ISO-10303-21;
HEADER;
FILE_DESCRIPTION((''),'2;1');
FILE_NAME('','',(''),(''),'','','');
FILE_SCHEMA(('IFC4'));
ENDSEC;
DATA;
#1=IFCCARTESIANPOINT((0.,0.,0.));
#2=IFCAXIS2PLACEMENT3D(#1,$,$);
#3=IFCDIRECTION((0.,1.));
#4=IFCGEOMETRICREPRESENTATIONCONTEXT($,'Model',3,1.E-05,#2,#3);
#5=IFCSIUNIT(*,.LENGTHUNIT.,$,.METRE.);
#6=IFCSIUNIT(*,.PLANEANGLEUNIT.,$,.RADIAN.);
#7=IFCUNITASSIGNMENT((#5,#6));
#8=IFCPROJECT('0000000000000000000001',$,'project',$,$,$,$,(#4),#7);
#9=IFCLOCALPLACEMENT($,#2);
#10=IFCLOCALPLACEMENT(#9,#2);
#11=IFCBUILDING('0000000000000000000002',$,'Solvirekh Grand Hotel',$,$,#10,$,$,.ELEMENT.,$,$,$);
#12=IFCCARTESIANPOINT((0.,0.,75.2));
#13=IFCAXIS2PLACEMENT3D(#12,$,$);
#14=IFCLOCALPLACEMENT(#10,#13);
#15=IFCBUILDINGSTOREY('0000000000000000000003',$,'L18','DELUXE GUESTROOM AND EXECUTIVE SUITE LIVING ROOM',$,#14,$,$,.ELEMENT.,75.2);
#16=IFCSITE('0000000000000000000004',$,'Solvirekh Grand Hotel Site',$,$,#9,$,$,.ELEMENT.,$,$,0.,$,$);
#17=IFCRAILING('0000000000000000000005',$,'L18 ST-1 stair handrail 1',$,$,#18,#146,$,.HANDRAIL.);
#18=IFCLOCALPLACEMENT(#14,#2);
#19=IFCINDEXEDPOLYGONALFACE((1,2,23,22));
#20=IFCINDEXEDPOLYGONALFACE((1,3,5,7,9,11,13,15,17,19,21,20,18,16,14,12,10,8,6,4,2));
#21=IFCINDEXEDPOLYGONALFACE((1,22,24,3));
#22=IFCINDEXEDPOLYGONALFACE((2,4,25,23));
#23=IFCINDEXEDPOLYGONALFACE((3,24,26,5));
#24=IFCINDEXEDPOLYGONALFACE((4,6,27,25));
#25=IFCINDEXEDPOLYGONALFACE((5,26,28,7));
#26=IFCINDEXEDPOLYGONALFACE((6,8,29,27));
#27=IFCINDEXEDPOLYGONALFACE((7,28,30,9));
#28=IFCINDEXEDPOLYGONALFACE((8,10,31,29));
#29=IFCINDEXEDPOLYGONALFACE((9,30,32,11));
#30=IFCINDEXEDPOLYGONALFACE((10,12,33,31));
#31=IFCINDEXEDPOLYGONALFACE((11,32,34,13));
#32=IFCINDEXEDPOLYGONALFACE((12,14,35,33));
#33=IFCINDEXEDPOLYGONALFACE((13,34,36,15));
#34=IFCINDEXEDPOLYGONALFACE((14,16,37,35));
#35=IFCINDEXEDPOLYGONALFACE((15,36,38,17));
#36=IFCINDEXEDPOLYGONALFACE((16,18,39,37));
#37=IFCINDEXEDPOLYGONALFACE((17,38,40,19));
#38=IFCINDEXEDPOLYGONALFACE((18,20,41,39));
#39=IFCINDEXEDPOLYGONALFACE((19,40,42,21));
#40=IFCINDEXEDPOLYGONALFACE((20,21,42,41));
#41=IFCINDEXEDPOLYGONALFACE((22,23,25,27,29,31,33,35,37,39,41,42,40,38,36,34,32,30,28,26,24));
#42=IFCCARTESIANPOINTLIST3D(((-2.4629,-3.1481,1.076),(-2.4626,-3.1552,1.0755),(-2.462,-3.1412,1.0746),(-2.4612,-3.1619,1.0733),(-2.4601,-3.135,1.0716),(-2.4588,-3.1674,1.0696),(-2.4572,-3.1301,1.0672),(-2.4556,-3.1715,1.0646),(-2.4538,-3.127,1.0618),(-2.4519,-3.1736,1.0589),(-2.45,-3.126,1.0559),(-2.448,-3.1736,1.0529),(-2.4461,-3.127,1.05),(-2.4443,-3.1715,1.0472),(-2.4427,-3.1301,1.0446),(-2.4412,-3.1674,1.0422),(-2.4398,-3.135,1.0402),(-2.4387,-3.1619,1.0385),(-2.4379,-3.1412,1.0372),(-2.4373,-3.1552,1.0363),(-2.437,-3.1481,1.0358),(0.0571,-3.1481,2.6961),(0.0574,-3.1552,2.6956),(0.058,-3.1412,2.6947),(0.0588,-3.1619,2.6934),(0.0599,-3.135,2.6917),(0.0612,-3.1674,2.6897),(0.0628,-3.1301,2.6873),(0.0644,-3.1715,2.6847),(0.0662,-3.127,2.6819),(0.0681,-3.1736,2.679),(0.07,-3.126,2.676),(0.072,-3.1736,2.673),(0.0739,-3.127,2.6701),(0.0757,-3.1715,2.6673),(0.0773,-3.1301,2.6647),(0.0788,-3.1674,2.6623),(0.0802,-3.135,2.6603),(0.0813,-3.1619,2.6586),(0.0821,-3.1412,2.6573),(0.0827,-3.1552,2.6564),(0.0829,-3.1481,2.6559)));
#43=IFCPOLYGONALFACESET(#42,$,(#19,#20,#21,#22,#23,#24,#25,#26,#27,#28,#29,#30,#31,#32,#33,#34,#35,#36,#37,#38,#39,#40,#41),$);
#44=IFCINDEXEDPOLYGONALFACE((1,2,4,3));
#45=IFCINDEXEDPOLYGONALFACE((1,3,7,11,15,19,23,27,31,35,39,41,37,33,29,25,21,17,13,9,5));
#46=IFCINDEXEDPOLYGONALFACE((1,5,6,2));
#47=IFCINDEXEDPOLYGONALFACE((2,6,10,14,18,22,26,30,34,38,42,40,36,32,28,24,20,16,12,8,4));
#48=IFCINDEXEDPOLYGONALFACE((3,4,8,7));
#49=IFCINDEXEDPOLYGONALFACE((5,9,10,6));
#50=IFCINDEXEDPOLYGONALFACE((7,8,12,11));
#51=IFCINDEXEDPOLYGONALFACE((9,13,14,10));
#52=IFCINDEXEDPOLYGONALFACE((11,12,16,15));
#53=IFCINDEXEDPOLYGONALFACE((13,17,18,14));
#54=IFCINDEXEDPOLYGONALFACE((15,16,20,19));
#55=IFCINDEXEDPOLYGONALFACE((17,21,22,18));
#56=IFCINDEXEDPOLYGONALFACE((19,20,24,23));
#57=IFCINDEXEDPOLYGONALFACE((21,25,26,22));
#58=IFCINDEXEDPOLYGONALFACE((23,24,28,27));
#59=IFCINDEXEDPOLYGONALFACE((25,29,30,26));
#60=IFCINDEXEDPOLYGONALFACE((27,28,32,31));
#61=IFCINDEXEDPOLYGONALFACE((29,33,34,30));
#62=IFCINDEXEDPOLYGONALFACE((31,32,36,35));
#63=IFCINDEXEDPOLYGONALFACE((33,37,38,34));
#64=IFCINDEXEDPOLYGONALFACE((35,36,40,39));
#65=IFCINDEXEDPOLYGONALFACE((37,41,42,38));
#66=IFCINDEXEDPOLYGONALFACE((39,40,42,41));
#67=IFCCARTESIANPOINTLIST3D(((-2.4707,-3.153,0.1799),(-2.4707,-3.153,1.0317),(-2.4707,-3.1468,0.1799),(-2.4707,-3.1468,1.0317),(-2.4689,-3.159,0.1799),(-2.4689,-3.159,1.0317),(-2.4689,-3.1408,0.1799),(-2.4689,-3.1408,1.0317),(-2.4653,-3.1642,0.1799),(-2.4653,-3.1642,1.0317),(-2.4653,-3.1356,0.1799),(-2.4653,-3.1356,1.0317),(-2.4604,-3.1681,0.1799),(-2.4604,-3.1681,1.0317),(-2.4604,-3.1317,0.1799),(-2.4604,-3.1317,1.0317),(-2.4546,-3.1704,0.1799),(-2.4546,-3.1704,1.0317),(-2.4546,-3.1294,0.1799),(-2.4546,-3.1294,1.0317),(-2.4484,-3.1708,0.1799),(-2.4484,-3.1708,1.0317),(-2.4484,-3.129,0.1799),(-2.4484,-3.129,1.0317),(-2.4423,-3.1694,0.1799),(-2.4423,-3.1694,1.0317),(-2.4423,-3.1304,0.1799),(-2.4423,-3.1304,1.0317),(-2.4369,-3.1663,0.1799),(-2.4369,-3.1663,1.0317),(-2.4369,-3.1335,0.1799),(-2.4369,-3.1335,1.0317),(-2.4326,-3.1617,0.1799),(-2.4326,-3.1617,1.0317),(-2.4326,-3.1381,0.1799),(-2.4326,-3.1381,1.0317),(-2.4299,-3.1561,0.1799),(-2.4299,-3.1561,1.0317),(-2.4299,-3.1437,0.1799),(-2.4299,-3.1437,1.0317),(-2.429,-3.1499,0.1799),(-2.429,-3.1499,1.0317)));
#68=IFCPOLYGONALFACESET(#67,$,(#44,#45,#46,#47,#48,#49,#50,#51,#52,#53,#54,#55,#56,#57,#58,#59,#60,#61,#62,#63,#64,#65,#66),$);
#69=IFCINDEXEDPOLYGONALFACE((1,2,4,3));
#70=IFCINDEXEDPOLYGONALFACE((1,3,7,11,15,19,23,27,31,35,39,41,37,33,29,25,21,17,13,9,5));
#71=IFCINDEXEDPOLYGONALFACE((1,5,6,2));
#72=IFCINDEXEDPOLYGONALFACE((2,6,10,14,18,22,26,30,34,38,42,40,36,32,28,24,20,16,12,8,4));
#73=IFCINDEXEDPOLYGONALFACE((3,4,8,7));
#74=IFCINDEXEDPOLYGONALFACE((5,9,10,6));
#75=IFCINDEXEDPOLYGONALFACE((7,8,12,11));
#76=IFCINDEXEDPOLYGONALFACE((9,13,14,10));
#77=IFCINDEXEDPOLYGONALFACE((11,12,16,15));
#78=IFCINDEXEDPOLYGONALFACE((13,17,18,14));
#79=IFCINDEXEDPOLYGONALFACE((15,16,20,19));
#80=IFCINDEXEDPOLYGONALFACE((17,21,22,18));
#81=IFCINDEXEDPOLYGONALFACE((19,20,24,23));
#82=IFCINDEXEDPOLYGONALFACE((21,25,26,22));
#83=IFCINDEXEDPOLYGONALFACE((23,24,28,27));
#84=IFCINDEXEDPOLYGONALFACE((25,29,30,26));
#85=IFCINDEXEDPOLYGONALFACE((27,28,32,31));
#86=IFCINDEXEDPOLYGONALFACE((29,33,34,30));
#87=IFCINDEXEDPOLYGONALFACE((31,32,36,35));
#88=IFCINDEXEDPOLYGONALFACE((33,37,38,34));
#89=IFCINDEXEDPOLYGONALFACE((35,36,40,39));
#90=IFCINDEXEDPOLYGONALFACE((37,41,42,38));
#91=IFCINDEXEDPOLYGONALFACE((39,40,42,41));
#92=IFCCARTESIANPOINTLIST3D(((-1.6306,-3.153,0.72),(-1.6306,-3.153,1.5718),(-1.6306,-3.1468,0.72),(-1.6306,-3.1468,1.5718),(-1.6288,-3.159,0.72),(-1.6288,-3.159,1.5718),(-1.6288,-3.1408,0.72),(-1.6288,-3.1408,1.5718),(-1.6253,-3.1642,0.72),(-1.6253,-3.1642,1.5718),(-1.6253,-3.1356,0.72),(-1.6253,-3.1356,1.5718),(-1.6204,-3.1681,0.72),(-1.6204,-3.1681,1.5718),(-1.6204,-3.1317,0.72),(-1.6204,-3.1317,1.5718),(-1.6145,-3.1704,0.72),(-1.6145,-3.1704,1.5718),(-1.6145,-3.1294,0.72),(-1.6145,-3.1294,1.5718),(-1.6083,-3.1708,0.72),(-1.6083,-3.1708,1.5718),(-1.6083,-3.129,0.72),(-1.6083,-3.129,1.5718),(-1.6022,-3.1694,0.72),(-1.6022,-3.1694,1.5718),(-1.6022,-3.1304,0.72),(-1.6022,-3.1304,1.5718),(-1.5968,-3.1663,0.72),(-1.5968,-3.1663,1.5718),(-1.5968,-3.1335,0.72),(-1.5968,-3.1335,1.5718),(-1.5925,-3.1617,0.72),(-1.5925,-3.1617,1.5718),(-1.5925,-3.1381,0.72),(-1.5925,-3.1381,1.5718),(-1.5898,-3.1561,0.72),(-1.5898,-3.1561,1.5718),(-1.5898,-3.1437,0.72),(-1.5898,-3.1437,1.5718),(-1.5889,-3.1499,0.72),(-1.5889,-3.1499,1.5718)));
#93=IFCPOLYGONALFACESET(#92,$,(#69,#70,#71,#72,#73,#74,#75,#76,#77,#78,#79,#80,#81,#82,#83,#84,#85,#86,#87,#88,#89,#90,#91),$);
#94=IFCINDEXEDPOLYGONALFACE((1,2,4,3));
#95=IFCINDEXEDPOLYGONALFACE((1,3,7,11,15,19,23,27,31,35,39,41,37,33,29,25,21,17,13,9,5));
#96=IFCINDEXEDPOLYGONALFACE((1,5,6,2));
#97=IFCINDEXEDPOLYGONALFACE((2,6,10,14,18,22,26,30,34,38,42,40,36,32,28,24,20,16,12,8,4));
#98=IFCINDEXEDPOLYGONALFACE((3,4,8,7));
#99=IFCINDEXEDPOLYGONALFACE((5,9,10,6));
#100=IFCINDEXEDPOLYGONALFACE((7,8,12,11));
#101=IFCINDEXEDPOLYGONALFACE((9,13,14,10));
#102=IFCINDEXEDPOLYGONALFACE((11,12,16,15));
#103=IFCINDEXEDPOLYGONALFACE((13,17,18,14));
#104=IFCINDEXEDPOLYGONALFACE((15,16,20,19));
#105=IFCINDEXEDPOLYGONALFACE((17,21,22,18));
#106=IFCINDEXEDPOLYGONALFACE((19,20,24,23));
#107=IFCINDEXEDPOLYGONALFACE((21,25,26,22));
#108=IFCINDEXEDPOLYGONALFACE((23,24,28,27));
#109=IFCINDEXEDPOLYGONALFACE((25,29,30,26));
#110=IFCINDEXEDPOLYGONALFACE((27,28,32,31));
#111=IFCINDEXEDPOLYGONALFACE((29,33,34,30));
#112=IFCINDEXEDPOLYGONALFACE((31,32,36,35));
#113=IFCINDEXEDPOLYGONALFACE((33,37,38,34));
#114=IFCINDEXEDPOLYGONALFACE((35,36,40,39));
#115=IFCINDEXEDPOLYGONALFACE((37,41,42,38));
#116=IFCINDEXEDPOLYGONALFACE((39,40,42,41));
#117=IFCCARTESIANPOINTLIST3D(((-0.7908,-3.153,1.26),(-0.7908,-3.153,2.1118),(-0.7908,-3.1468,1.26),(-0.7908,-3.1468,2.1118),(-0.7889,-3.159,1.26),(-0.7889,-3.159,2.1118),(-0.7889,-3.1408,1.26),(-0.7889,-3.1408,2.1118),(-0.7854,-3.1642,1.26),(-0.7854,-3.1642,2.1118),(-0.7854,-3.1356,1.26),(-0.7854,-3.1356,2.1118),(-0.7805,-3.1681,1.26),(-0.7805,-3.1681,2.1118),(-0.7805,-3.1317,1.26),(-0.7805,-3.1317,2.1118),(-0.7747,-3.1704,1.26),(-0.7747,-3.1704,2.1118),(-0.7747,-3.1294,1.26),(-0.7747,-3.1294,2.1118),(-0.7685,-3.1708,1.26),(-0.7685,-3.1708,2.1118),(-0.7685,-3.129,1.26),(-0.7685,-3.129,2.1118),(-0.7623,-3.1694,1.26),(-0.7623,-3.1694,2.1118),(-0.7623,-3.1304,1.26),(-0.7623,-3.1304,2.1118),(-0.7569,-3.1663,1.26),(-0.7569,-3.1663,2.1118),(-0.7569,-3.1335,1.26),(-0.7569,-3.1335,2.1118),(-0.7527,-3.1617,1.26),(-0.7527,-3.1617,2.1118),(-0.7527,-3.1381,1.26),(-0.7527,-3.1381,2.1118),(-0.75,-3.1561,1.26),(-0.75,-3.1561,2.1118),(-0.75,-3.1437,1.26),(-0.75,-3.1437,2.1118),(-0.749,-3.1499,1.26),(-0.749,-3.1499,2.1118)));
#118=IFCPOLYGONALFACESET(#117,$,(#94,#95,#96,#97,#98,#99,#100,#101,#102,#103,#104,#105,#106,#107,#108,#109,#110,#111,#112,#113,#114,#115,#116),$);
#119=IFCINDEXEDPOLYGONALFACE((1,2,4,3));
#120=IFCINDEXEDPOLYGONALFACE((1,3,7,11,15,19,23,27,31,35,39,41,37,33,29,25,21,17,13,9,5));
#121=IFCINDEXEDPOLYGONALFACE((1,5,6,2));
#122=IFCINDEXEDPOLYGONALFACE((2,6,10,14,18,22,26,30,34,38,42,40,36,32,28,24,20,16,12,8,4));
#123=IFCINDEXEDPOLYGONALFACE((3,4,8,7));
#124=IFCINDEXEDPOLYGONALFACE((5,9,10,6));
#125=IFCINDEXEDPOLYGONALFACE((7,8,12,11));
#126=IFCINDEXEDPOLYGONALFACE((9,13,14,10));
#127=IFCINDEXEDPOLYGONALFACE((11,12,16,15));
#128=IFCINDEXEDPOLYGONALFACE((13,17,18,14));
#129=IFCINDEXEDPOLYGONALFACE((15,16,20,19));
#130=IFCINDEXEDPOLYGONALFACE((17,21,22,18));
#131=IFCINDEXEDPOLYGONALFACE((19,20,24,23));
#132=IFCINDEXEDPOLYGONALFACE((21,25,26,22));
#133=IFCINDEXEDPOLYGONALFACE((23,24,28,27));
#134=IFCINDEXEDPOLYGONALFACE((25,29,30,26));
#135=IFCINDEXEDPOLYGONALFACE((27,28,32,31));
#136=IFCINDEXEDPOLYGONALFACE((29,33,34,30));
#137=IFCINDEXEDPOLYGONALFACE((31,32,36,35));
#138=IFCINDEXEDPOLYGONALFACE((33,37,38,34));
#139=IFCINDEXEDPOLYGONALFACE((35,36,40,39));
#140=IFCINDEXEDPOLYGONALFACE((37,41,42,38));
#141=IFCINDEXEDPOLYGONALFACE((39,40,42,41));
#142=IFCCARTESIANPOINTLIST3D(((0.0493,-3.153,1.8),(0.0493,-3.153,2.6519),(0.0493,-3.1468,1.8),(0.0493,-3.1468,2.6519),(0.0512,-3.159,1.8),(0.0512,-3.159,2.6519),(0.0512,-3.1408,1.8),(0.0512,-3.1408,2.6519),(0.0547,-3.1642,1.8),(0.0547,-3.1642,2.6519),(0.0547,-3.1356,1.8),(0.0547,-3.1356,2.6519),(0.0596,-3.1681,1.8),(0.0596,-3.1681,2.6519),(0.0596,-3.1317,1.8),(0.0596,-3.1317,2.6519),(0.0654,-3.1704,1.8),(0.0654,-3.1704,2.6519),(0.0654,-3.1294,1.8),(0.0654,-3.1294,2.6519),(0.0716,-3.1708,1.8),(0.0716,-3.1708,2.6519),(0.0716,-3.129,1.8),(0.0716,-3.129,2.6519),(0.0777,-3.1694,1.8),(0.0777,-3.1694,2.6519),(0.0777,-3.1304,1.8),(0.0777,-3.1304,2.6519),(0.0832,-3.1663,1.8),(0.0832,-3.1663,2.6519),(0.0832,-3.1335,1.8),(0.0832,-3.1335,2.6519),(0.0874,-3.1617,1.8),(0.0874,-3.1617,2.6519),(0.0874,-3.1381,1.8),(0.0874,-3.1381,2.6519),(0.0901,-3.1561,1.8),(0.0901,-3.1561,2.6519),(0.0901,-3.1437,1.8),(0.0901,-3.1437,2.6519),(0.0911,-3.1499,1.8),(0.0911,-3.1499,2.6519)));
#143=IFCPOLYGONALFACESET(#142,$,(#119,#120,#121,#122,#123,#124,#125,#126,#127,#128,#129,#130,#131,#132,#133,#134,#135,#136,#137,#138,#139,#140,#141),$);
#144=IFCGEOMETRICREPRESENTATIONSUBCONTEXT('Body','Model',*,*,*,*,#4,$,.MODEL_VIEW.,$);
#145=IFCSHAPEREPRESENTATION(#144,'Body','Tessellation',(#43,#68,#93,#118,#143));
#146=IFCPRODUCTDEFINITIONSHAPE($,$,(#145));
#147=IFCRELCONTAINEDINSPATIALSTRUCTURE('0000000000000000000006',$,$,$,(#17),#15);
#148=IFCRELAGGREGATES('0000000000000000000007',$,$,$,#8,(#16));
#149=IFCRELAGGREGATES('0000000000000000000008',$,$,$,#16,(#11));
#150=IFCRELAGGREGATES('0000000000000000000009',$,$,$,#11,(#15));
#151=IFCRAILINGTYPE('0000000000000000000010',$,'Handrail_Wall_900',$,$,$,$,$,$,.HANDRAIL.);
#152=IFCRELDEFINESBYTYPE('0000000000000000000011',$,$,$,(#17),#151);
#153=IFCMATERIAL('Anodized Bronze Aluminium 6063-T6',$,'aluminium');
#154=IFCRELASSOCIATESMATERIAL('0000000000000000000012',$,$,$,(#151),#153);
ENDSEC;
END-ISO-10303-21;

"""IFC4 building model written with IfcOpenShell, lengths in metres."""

from ifc_helpers import new_model, si_unit, direction, frame, origin, origin_2d, place, context, subcontext, project, spatial, circle, extrude, material, type_object, element, save


model = new_model("IFC4")

# Units and contexts
model_context = context("Model", 3, precision=1e-05, world=origin(), true_north=direction((0.0, 1.0)))
body_context = subcontext(model_context, "Body", "Model", "MODEL_VIEW")
ifc_project = project(units=[si_unit("LENGTHUNIT", "METRE"), si_unit("PLANEANGLEUNIT", "RADIAN")], contexts=[model_context])

# Site, building, storey
site_placement = place(None, origin())
site = spatial("IfcSite", under=ifc_project, at=site_placement, Name="Solvirekh Grand Hotel Site", CompositionType="ELEMENT", RefElevation=0.0)
building_placement = place(site_placement, origin())
building = spatial("IfcBuilding", under=site, at=building_placement, Name="Solvirekh Grand Hotel", CompositionType="ELEMENT")
storey_placement = place(building_placement, frame((0.0, 0.0, 75.2)))
storey = spatial("IfcBuildingStorey", under=building, at=storey_placement, Name="L18", Description="DELUXE GUESTROOM AND EXECUTIVE SUITE LIVING ROOM", CompositionType="ELEMENT", Elevation=75.2)

# Railing
ifc_material_1 = material(Name="Anodized Bronze Aluminium 6063-T6", Category="aluminium")
railing_type_1 = type_object("IfcRailingType", Name="Handrail_Wall_900", PredefinedType="HANDRAIL", material=ifc_material_1)
railing_1_placement = place(storey_placement, frame((-2.45, -3.1499, 0.1799)))
element("IfcRailing", 1, at=railing_1_placement, inside=storey, type_object=railing_type_1, Name="L18 ST-1 stair handrail 1", PredefinedType="HANDRAIL", context=body_context, shape_type="SweptSolid", body=[
    extrude(circle(Radius=0.0239, at=origin_2d()), frame((0.0, 0.0, 0.876), z_axis=(0.841163, 0.0, 0.540782), x_axis=(0.0, 1.0, 0.0)), (0.0, 0.0, 1.0), 2.9958),
    extrude(circle(Radius=0.021, at=origin_2d()), origin(), (0.0, 0.0, 1.0), 0.8518),
    extrude(circle(Radius=0.021, at=origin_2d()), frame((0.8401, 0.0, 0.54)), (0.0, 0.0, 1.0), 0.8518),
    extrude(circle(Radius=0.021, at=origin_2d()), frame((1.6799, 0.0, 1.0801)), (0.0, 0.0, 1.0), 0.8518),
    extrude(circle(Radius=0.021, at=origin_2d()), frame((2.52, 0.0, 1.6201)), (0.0, 0.0, 1.0), 0.8518),
])

save(model, "model.ifc")
